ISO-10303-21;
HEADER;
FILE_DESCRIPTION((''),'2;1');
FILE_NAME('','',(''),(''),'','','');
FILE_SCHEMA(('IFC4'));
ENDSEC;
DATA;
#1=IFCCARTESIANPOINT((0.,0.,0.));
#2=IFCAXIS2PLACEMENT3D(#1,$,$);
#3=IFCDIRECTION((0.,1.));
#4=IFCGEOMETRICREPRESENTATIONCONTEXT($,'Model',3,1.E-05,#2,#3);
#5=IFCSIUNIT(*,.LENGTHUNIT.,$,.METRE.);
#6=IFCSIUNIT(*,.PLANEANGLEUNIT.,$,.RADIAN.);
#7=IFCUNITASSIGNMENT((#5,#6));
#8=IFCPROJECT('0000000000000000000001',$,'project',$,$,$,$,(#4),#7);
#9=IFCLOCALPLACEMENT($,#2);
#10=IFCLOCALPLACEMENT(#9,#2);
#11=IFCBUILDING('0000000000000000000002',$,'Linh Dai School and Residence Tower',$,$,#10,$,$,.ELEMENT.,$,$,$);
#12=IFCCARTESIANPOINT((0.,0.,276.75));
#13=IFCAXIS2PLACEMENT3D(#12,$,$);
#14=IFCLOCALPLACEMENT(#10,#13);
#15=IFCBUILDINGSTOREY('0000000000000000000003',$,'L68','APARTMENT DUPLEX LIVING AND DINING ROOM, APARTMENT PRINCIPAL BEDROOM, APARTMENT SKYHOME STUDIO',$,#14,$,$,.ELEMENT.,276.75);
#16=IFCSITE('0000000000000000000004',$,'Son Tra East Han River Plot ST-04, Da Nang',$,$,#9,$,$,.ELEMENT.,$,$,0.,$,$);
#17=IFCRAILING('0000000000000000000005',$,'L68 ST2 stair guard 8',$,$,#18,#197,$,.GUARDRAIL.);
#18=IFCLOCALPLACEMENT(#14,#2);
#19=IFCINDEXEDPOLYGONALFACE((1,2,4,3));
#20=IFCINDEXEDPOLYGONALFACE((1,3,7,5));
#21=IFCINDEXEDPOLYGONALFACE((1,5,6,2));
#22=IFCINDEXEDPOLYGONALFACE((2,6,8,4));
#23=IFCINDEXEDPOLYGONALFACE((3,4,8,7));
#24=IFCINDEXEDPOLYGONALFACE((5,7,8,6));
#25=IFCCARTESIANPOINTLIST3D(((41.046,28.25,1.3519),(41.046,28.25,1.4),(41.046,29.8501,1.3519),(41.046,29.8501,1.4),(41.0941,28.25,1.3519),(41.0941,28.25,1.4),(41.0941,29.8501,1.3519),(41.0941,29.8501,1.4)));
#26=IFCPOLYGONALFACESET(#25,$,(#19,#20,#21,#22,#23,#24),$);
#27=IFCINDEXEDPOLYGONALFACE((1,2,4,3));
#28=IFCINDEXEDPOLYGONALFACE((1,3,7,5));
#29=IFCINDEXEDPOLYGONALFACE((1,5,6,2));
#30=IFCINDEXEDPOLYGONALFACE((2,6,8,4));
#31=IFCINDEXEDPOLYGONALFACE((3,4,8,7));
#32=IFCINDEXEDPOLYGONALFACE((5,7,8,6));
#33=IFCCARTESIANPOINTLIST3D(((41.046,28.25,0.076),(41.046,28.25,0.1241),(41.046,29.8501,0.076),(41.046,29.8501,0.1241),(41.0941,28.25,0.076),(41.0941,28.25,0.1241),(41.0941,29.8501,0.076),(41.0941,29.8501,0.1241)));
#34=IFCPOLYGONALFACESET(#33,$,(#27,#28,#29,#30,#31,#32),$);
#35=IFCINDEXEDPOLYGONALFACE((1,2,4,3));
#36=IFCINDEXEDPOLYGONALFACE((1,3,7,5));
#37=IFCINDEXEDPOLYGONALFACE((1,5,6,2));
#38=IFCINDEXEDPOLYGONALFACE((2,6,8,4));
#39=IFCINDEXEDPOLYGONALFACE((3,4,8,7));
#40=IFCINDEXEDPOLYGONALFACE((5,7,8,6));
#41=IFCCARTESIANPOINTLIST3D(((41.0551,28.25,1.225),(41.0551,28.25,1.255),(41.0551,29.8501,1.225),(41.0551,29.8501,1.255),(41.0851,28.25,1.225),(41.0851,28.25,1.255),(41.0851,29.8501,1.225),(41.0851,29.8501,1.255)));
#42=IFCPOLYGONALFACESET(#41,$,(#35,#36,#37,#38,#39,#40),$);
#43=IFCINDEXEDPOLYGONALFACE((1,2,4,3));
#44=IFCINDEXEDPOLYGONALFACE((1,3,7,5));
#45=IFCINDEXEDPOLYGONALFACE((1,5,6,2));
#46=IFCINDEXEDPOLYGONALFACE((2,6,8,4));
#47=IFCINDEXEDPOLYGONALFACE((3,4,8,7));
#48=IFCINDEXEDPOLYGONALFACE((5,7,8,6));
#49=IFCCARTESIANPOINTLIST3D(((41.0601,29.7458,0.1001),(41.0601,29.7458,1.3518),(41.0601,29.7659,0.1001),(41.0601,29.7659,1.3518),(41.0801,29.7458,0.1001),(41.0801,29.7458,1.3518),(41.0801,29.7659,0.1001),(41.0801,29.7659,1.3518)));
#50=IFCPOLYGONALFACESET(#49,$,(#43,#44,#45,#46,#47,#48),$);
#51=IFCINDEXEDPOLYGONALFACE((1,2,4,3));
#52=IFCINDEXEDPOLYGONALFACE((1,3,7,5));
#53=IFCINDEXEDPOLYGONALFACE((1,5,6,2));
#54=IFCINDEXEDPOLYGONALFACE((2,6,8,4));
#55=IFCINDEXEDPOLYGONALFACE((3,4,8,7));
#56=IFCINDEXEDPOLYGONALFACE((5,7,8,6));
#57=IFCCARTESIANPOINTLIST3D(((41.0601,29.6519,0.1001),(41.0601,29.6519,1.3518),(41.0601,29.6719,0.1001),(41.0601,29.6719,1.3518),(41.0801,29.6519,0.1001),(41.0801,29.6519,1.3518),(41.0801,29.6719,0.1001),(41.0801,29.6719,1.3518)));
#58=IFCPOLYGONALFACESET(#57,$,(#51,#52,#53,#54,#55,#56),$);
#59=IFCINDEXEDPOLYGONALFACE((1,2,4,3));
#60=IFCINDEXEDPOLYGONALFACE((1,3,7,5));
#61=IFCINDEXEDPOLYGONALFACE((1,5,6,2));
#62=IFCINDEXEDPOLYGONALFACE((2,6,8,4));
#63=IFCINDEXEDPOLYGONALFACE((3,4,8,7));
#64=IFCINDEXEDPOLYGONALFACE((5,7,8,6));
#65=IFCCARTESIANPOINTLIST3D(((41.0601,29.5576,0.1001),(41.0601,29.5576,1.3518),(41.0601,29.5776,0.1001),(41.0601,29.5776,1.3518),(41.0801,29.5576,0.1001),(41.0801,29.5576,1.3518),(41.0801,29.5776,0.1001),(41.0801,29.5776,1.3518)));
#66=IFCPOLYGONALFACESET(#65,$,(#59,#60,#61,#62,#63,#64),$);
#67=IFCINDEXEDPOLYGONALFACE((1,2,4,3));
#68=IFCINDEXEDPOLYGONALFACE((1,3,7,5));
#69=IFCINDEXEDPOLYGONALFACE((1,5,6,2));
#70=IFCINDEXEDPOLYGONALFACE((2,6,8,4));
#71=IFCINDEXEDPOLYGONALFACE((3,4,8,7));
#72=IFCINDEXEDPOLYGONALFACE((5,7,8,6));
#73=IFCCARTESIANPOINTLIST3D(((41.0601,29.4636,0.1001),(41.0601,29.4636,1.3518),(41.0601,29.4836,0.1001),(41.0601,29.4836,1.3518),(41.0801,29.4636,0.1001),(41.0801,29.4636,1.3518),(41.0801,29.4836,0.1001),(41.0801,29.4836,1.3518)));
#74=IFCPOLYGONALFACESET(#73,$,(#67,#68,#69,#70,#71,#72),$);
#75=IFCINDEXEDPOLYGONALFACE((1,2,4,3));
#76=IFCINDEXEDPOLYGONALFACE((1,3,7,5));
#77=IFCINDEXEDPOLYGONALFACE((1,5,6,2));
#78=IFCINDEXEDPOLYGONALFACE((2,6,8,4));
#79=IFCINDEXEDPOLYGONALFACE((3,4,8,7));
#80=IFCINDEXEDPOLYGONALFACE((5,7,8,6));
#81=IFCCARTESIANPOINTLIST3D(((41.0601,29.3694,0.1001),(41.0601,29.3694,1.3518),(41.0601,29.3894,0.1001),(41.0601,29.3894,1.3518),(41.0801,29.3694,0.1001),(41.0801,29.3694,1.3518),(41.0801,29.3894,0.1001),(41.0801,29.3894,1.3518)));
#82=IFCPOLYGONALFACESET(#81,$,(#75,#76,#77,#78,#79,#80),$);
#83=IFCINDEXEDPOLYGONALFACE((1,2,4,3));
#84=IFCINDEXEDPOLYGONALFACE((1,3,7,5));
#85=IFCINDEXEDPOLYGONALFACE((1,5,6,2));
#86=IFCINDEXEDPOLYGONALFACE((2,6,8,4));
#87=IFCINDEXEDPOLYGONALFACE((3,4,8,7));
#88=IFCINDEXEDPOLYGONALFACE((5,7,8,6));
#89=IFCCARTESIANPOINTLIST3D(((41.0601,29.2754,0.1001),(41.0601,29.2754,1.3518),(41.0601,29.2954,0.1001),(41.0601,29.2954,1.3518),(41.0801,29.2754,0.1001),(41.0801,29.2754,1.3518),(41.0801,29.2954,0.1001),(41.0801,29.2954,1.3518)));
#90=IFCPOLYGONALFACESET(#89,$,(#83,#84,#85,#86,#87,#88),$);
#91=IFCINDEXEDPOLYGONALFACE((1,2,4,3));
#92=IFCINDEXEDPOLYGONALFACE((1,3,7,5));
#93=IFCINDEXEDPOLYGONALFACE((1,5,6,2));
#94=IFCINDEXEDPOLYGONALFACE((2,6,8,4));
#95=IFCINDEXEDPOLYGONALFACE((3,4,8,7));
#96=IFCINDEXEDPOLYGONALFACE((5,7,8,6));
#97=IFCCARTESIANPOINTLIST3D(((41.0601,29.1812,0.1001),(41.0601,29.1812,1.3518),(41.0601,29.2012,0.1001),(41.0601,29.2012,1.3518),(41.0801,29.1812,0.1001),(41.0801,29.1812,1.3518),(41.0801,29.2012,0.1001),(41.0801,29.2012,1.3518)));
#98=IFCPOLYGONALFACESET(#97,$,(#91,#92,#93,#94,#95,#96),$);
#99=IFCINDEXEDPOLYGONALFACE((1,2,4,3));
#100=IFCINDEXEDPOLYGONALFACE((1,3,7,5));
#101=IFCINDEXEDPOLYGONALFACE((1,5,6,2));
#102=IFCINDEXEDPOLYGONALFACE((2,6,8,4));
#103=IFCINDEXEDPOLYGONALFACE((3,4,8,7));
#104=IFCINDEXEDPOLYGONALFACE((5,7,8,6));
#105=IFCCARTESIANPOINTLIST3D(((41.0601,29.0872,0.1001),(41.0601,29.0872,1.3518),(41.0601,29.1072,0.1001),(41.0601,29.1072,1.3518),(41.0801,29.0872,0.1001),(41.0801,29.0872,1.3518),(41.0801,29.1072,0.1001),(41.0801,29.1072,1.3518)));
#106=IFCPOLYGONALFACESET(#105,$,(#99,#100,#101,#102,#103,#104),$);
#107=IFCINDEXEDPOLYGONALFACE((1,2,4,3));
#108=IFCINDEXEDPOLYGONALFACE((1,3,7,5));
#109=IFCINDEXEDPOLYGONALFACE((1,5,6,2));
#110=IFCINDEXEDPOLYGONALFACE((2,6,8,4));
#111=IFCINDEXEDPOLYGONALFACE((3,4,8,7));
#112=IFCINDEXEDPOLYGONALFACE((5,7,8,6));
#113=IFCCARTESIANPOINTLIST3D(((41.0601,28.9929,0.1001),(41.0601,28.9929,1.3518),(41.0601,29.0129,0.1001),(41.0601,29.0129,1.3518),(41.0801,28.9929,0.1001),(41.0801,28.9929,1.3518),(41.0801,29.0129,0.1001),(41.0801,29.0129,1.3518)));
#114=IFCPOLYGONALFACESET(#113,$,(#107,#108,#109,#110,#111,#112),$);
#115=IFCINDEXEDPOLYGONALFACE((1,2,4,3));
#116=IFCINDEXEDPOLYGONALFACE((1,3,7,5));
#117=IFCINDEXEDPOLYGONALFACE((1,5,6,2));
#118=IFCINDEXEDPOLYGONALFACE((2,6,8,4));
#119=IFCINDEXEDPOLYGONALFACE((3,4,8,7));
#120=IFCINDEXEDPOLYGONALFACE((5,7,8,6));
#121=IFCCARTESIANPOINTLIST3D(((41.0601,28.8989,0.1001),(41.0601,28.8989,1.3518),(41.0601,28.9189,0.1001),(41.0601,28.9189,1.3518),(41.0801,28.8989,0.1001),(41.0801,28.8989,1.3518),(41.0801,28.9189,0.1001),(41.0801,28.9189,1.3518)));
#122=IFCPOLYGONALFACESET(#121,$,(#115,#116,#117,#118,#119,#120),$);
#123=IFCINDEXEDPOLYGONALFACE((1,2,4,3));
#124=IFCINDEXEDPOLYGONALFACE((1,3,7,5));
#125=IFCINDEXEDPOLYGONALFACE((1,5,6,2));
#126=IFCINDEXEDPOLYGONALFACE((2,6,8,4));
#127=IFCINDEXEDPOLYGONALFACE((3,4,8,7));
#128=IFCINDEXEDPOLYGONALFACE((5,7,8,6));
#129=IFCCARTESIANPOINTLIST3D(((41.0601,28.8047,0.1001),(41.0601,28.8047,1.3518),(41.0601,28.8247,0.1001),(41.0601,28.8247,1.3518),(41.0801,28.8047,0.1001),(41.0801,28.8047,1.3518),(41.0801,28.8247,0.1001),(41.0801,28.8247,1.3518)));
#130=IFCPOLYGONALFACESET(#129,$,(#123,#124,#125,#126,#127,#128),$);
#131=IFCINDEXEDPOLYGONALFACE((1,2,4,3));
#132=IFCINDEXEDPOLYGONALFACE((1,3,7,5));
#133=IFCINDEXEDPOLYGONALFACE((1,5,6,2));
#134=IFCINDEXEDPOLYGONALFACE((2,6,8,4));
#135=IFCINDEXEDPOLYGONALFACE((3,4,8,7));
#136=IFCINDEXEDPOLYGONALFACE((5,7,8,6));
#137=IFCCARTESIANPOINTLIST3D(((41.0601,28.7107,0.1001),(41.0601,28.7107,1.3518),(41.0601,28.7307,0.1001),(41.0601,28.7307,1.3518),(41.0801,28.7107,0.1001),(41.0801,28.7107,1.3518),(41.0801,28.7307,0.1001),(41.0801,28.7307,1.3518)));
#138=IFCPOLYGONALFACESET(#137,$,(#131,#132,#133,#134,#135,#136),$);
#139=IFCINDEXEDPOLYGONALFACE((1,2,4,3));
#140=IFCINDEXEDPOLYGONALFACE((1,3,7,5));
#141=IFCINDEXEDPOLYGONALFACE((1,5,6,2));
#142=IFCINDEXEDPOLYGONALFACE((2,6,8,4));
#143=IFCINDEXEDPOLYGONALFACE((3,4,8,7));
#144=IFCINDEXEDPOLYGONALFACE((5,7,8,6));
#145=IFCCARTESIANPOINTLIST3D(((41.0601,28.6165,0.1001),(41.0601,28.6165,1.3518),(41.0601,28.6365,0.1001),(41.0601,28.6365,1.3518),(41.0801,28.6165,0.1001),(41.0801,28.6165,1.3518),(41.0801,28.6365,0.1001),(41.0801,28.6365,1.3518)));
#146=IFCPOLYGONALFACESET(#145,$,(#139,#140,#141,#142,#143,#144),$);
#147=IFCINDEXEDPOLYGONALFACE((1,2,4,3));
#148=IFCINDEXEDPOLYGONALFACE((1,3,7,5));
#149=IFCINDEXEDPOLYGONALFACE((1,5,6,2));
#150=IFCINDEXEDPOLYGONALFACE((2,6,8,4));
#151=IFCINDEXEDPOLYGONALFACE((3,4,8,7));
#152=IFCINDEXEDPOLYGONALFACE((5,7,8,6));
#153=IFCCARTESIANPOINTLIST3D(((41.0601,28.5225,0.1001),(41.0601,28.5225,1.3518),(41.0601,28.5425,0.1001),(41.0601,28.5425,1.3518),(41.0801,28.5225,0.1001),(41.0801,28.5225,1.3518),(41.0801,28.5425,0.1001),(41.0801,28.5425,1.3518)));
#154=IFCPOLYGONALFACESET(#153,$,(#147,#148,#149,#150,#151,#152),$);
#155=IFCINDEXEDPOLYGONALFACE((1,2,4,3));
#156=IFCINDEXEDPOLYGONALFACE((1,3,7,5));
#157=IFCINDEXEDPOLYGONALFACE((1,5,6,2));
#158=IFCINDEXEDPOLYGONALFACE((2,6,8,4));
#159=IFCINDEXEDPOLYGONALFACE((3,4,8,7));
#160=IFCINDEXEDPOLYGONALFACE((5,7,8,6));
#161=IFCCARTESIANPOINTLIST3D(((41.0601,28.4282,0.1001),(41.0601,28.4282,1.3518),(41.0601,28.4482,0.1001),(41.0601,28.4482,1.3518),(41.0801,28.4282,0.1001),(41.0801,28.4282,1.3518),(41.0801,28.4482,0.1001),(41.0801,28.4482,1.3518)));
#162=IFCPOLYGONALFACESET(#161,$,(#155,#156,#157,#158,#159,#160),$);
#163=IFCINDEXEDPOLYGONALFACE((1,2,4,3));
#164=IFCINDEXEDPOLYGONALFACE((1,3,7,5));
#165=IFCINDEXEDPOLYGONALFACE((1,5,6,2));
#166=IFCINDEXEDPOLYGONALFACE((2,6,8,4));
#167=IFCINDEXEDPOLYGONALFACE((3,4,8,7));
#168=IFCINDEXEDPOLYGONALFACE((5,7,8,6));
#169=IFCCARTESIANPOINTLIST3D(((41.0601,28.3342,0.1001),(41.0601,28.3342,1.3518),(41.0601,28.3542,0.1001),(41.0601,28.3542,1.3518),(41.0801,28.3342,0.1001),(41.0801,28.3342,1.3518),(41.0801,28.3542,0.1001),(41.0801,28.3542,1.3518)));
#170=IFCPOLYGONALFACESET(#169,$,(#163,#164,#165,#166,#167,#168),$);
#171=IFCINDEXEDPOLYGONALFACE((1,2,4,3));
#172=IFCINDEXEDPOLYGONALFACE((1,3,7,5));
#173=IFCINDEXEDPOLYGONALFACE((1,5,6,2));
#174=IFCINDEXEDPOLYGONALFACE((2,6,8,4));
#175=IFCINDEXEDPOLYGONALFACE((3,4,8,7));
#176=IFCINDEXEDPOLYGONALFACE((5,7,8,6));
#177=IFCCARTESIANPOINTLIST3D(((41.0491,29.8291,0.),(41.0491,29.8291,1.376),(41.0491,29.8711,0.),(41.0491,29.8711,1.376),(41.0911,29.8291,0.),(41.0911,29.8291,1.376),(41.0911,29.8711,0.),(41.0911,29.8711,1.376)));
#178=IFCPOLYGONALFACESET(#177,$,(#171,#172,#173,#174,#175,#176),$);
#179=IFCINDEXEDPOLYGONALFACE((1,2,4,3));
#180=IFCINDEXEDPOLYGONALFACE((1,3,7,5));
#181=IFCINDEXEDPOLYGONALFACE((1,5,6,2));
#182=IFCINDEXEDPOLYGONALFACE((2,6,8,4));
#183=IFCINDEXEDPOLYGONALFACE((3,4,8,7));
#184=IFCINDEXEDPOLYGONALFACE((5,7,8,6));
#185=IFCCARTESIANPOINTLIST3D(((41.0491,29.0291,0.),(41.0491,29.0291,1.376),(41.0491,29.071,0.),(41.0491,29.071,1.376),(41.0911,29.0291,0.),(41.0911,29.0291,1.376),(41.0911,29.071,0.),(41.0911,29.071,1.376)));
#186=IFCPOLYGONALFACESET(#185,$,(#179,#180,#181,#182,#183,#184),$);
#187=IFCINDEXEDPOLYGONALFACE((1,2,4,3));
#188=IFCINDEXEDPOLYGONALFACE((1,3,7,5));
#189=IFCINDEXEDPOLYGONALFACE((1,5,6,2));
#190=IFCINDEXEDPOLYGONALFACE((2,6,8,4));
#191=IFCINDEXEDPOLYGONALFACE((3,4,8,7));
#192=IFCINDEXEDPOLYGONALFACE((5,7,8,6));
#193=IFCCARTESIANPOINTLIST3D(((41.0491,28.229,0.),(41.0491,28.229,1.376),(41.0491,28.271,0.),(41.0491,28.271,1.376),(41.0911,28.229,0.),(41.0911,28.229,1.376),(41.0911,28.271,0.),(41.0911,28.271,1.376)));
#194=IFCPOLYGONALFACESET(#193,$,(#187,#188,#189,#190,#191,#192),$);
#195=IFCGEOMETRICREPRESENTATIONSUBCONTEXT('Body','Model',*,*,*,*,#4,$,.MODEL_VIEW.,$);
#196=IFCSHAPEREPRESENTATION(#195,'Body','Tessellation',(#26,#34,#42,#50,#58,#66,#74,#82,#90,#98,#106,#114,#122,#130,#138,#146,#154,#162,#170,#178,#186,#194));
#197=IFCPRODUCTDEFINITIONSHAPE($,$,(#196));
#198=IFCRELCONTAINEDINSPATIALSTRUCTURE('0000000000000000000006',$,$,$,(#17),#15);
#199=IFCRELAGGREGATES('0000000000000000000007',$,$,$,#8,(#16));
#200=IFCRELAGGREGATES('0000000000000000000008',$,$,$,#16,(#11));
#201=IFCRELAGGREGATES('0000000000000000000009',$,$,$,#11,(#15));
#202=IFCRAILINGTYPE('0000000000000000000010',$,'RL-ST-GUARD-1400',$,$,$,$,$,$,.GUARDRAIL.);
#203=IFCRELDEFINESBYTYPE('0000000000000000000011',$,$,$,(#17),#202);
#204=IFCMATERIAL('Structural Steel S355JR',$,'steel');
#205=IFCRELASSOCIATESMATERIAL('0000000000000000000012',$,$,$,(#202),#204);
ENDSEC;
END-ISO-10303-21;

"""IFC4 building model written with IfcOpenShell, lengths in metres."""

from ifc_helpers import new_model, si_unit, direction, frame, origin, origin_2d, place, context, subcontext, project, spatial, rectangle, extrude, source, transform, mapped, material, type_object, element, save


model = new_model("IFC4")

# Units and contexts
model_context = context("Model", 3, precision=1e-05, world=origin(), true_north=direction((0.0, 1.0)))
body_context = subcontext(model_context, "Body", "Model", "MODEL_VIEW")
ifc_project = project(units=[si_unit("LENGTHUNIT", "METRE"), si_unit("PLANEANGLEUNIT", "RADIAN")], contexts=[model_context])

# Site, building, storey
site_placement = place(None, origin())
site = spatial("IfcSite", under=ifc_project, at=site_placement, Name="Son Tra East Han River Plot ST-04, Da Nang", CompositionType="ELEMENT", RefElevation=0.0)
building_placement = place(site_placement, origin())
building = spatial("IfcBuilding", under=site, at=building_placement, Name="Linh Dai School and Residence Tower", CompositionType="ELEMENT")
storey_placement = place(building_placement, frame((0.0, 0.0, 276.75)))
storey = spatial("IfcBuildingStorey", under=building, at=storey_placement, Name="L68", Description="APARTMENT DUPLEX LIVING AND DINING ROOM, APARTMENT PRINCIPAL BEDROOM, APARTMENT SKYHOME STUDIO", CompositionType="ELEMENT", Elevation=276.75)

# Shared definitions
ifc_material_1 = material(Name="Structural Steel S355JR", Category="steel")

# Railing
railing_type = type_object("IfcRailingType", Name="RL-ST-GUARD-1400", PredefinedType="GUARDRAIL", material=ifc_material_1)
shared_shape_1 = source(origin(), body_context, "Body", "SweptSolid", [
    extrude(rectangle(XDim=0.0481, YDim=0.0481, at=origin_2d()), frame((0.0, 0.0, 1.376), z_axis=(0.0, -1.0, 0.0), x_axis=(1.0, 0.0, 0.0)), (0.0, 0.0, 1.0), 1.6001),
    extrude(rectangle(XDim=0.0481, YDim=0.0481, at=origin_2d()), frame((0.0, 0.0, 0.1001), z_axis=(0.0, -1.0, 0.0), x_axis=(1.0, 0.0, 0.0)), (0.0, 0.0, 1.0), 1.6001),
    extrude(rectangle(XDim=0.03, YDim=0.03, at=origin_2d()), frame((0.0, 0.0, 1.24), z_axis=(0.0, -1.0, 0.0), x_axis=(1.0, 0.0, 0.0)), (0.0, 0.0, 1.0), 1.6001),
    extrude(rectangle(XDim=0.02, YDim=0.02, at=origin_2d()), frame((0.0, -0.0942, 0.1001)), (0.0, 0.0, 1.0), 1.2517),
    extrude(rectangle(XDim=0.02, YDim=0.02, at=origin_2d()), frame((0.0, -0.1882, 0.1001)), (0.0, 0.0, 1.0), 1.2517),
    extrude(rectangle(XDim=0.02, YDim=0.02, at=origin_2d()), frame((0.0, -0.2825, 0.1001)), (0.0, 0.0, 1.0), 1.2517),
    extrude(rectangle(XDim=0.02, YDim=0.02, at=origin_2d()), frame((0.0, -0.3765, 0.1001)), (0.0, 0.0, 1.0), 1.2517),
    extrude(rectangle(XDim=0.02, YDim=0.02, at=origin_2d()), frame((0.0, -0.4707, 0.1001)), (0.0, 0.0, 1.0), 1.2517),
    extrude(rectangle(XDim=0.02, YDim=0.02, at=origin_2d()), frame((0.0, -0.5647, 0.1001)), (0.0, 0.0, 1.0), 1.2517),
    extrude(rectangle(XDim=0.02, YDim=0.02, at=origin_2d()), frame((0.0, -0.6589, 0.1001)), (0.0, 0.0, 1.0), 1.2517),
    extrude(rectangle(XDim=0.02, YDim=0.02, at=origin_2d()), frame((0.0, -0.7529, 0.1001)), (0.0, 0.0, 1.0), 1.2517),
    extrude(rectangle(XDim=0.02, YDim=0.02, at=origin_2d()), frame((0.0, -0.8472, 0.1001)), (0.0, 0.0, 1.0), 1.2517),
    extrude(rectangle(XDim=0.02, YDim=0.02, at=origin_2d()), frame((0.0, -0.9412, 0.1001)), (0.0, 0.0, 1.0), 1.2517),
    extrude(rectangle(XDim=0.02, YDim=0.02, at=origin_2d()), frame((0.0, -1.0354, 0.1001)), (0.0, 0.0, 1.0), 1.2517),
    extrude(rectangle(XDim=0.02, YDim=0.02, at=origin_2d()), frame((0.0, -1.1294, 0.1001)), (0.0, 0.0, 1.0), 1.2517),
    extrude(rectangle(XDim=0.02, YDim=0.02, at=origin_2d()), frame((0.0, -1.2236, 0.1001)), (0.0, 0.0, 1.0), 1.2517),
    extrude(rectangle(XDim=0.02, YDim=0.02, at=origin_2d()), frame((0.0, -1.3176, 0.1001)), (0.0, 0.0, 1.0), 1.2517),
    extrude(rectangle(XDim=0.02, YDim=0.02, at=origin_2d()), frame((0.0, -1.4119, 0.1001)), (0.0, 0.0, 1.0), 1.2517),
    extrude(rectangle(XDim=0.02, YDim=0.02, at=origin_2d()), frame((0.0, -1.5059, 0.1001)), (0.0, 0.0, 1.0), 1.2517),
    extrude(rectangle(XDim=0.042, YDim=0.042, at=origin_2d()), origin(), (0.0, 0.0, 1.0), 1.376),
    extrude(rectangle(XDim=0.042, YDim=0.042, at=origin_2d()), frame((0.0, -0.8, 0.0)), (0.0, 0.0, 1.0), 1.376),
    extrude(rectangle(XDim=0.042, YDim=0.042, at=origin_2d()), frame((0.0, -1.6001, 0.0)), (0.0, 0.0, 1.0), 1.376),
])
for number, where, name in (
    (1, (41.0701, 29.8501, 0.0), "L68 ST2 stair guard 8"),
):
    element("IfcRailing", number, at=place(storey_placement, frame(where)), inside=storey, type_object=railing_type, Name=name, PredefinedType="GUARDRAIL", context=body_context, shape_type="MappedRepresentation", body=[
        mapped(shared_shape_1, transform((0.0, 0.0, 0.0), x_axis=(1.0, 0.0, 0.0), y_axis=(0.0, 1.0, 0.0), z_axis=(0.0, 0.0, 1.0), scale=1.0)),
    ])

save(model, "model.ifc")
